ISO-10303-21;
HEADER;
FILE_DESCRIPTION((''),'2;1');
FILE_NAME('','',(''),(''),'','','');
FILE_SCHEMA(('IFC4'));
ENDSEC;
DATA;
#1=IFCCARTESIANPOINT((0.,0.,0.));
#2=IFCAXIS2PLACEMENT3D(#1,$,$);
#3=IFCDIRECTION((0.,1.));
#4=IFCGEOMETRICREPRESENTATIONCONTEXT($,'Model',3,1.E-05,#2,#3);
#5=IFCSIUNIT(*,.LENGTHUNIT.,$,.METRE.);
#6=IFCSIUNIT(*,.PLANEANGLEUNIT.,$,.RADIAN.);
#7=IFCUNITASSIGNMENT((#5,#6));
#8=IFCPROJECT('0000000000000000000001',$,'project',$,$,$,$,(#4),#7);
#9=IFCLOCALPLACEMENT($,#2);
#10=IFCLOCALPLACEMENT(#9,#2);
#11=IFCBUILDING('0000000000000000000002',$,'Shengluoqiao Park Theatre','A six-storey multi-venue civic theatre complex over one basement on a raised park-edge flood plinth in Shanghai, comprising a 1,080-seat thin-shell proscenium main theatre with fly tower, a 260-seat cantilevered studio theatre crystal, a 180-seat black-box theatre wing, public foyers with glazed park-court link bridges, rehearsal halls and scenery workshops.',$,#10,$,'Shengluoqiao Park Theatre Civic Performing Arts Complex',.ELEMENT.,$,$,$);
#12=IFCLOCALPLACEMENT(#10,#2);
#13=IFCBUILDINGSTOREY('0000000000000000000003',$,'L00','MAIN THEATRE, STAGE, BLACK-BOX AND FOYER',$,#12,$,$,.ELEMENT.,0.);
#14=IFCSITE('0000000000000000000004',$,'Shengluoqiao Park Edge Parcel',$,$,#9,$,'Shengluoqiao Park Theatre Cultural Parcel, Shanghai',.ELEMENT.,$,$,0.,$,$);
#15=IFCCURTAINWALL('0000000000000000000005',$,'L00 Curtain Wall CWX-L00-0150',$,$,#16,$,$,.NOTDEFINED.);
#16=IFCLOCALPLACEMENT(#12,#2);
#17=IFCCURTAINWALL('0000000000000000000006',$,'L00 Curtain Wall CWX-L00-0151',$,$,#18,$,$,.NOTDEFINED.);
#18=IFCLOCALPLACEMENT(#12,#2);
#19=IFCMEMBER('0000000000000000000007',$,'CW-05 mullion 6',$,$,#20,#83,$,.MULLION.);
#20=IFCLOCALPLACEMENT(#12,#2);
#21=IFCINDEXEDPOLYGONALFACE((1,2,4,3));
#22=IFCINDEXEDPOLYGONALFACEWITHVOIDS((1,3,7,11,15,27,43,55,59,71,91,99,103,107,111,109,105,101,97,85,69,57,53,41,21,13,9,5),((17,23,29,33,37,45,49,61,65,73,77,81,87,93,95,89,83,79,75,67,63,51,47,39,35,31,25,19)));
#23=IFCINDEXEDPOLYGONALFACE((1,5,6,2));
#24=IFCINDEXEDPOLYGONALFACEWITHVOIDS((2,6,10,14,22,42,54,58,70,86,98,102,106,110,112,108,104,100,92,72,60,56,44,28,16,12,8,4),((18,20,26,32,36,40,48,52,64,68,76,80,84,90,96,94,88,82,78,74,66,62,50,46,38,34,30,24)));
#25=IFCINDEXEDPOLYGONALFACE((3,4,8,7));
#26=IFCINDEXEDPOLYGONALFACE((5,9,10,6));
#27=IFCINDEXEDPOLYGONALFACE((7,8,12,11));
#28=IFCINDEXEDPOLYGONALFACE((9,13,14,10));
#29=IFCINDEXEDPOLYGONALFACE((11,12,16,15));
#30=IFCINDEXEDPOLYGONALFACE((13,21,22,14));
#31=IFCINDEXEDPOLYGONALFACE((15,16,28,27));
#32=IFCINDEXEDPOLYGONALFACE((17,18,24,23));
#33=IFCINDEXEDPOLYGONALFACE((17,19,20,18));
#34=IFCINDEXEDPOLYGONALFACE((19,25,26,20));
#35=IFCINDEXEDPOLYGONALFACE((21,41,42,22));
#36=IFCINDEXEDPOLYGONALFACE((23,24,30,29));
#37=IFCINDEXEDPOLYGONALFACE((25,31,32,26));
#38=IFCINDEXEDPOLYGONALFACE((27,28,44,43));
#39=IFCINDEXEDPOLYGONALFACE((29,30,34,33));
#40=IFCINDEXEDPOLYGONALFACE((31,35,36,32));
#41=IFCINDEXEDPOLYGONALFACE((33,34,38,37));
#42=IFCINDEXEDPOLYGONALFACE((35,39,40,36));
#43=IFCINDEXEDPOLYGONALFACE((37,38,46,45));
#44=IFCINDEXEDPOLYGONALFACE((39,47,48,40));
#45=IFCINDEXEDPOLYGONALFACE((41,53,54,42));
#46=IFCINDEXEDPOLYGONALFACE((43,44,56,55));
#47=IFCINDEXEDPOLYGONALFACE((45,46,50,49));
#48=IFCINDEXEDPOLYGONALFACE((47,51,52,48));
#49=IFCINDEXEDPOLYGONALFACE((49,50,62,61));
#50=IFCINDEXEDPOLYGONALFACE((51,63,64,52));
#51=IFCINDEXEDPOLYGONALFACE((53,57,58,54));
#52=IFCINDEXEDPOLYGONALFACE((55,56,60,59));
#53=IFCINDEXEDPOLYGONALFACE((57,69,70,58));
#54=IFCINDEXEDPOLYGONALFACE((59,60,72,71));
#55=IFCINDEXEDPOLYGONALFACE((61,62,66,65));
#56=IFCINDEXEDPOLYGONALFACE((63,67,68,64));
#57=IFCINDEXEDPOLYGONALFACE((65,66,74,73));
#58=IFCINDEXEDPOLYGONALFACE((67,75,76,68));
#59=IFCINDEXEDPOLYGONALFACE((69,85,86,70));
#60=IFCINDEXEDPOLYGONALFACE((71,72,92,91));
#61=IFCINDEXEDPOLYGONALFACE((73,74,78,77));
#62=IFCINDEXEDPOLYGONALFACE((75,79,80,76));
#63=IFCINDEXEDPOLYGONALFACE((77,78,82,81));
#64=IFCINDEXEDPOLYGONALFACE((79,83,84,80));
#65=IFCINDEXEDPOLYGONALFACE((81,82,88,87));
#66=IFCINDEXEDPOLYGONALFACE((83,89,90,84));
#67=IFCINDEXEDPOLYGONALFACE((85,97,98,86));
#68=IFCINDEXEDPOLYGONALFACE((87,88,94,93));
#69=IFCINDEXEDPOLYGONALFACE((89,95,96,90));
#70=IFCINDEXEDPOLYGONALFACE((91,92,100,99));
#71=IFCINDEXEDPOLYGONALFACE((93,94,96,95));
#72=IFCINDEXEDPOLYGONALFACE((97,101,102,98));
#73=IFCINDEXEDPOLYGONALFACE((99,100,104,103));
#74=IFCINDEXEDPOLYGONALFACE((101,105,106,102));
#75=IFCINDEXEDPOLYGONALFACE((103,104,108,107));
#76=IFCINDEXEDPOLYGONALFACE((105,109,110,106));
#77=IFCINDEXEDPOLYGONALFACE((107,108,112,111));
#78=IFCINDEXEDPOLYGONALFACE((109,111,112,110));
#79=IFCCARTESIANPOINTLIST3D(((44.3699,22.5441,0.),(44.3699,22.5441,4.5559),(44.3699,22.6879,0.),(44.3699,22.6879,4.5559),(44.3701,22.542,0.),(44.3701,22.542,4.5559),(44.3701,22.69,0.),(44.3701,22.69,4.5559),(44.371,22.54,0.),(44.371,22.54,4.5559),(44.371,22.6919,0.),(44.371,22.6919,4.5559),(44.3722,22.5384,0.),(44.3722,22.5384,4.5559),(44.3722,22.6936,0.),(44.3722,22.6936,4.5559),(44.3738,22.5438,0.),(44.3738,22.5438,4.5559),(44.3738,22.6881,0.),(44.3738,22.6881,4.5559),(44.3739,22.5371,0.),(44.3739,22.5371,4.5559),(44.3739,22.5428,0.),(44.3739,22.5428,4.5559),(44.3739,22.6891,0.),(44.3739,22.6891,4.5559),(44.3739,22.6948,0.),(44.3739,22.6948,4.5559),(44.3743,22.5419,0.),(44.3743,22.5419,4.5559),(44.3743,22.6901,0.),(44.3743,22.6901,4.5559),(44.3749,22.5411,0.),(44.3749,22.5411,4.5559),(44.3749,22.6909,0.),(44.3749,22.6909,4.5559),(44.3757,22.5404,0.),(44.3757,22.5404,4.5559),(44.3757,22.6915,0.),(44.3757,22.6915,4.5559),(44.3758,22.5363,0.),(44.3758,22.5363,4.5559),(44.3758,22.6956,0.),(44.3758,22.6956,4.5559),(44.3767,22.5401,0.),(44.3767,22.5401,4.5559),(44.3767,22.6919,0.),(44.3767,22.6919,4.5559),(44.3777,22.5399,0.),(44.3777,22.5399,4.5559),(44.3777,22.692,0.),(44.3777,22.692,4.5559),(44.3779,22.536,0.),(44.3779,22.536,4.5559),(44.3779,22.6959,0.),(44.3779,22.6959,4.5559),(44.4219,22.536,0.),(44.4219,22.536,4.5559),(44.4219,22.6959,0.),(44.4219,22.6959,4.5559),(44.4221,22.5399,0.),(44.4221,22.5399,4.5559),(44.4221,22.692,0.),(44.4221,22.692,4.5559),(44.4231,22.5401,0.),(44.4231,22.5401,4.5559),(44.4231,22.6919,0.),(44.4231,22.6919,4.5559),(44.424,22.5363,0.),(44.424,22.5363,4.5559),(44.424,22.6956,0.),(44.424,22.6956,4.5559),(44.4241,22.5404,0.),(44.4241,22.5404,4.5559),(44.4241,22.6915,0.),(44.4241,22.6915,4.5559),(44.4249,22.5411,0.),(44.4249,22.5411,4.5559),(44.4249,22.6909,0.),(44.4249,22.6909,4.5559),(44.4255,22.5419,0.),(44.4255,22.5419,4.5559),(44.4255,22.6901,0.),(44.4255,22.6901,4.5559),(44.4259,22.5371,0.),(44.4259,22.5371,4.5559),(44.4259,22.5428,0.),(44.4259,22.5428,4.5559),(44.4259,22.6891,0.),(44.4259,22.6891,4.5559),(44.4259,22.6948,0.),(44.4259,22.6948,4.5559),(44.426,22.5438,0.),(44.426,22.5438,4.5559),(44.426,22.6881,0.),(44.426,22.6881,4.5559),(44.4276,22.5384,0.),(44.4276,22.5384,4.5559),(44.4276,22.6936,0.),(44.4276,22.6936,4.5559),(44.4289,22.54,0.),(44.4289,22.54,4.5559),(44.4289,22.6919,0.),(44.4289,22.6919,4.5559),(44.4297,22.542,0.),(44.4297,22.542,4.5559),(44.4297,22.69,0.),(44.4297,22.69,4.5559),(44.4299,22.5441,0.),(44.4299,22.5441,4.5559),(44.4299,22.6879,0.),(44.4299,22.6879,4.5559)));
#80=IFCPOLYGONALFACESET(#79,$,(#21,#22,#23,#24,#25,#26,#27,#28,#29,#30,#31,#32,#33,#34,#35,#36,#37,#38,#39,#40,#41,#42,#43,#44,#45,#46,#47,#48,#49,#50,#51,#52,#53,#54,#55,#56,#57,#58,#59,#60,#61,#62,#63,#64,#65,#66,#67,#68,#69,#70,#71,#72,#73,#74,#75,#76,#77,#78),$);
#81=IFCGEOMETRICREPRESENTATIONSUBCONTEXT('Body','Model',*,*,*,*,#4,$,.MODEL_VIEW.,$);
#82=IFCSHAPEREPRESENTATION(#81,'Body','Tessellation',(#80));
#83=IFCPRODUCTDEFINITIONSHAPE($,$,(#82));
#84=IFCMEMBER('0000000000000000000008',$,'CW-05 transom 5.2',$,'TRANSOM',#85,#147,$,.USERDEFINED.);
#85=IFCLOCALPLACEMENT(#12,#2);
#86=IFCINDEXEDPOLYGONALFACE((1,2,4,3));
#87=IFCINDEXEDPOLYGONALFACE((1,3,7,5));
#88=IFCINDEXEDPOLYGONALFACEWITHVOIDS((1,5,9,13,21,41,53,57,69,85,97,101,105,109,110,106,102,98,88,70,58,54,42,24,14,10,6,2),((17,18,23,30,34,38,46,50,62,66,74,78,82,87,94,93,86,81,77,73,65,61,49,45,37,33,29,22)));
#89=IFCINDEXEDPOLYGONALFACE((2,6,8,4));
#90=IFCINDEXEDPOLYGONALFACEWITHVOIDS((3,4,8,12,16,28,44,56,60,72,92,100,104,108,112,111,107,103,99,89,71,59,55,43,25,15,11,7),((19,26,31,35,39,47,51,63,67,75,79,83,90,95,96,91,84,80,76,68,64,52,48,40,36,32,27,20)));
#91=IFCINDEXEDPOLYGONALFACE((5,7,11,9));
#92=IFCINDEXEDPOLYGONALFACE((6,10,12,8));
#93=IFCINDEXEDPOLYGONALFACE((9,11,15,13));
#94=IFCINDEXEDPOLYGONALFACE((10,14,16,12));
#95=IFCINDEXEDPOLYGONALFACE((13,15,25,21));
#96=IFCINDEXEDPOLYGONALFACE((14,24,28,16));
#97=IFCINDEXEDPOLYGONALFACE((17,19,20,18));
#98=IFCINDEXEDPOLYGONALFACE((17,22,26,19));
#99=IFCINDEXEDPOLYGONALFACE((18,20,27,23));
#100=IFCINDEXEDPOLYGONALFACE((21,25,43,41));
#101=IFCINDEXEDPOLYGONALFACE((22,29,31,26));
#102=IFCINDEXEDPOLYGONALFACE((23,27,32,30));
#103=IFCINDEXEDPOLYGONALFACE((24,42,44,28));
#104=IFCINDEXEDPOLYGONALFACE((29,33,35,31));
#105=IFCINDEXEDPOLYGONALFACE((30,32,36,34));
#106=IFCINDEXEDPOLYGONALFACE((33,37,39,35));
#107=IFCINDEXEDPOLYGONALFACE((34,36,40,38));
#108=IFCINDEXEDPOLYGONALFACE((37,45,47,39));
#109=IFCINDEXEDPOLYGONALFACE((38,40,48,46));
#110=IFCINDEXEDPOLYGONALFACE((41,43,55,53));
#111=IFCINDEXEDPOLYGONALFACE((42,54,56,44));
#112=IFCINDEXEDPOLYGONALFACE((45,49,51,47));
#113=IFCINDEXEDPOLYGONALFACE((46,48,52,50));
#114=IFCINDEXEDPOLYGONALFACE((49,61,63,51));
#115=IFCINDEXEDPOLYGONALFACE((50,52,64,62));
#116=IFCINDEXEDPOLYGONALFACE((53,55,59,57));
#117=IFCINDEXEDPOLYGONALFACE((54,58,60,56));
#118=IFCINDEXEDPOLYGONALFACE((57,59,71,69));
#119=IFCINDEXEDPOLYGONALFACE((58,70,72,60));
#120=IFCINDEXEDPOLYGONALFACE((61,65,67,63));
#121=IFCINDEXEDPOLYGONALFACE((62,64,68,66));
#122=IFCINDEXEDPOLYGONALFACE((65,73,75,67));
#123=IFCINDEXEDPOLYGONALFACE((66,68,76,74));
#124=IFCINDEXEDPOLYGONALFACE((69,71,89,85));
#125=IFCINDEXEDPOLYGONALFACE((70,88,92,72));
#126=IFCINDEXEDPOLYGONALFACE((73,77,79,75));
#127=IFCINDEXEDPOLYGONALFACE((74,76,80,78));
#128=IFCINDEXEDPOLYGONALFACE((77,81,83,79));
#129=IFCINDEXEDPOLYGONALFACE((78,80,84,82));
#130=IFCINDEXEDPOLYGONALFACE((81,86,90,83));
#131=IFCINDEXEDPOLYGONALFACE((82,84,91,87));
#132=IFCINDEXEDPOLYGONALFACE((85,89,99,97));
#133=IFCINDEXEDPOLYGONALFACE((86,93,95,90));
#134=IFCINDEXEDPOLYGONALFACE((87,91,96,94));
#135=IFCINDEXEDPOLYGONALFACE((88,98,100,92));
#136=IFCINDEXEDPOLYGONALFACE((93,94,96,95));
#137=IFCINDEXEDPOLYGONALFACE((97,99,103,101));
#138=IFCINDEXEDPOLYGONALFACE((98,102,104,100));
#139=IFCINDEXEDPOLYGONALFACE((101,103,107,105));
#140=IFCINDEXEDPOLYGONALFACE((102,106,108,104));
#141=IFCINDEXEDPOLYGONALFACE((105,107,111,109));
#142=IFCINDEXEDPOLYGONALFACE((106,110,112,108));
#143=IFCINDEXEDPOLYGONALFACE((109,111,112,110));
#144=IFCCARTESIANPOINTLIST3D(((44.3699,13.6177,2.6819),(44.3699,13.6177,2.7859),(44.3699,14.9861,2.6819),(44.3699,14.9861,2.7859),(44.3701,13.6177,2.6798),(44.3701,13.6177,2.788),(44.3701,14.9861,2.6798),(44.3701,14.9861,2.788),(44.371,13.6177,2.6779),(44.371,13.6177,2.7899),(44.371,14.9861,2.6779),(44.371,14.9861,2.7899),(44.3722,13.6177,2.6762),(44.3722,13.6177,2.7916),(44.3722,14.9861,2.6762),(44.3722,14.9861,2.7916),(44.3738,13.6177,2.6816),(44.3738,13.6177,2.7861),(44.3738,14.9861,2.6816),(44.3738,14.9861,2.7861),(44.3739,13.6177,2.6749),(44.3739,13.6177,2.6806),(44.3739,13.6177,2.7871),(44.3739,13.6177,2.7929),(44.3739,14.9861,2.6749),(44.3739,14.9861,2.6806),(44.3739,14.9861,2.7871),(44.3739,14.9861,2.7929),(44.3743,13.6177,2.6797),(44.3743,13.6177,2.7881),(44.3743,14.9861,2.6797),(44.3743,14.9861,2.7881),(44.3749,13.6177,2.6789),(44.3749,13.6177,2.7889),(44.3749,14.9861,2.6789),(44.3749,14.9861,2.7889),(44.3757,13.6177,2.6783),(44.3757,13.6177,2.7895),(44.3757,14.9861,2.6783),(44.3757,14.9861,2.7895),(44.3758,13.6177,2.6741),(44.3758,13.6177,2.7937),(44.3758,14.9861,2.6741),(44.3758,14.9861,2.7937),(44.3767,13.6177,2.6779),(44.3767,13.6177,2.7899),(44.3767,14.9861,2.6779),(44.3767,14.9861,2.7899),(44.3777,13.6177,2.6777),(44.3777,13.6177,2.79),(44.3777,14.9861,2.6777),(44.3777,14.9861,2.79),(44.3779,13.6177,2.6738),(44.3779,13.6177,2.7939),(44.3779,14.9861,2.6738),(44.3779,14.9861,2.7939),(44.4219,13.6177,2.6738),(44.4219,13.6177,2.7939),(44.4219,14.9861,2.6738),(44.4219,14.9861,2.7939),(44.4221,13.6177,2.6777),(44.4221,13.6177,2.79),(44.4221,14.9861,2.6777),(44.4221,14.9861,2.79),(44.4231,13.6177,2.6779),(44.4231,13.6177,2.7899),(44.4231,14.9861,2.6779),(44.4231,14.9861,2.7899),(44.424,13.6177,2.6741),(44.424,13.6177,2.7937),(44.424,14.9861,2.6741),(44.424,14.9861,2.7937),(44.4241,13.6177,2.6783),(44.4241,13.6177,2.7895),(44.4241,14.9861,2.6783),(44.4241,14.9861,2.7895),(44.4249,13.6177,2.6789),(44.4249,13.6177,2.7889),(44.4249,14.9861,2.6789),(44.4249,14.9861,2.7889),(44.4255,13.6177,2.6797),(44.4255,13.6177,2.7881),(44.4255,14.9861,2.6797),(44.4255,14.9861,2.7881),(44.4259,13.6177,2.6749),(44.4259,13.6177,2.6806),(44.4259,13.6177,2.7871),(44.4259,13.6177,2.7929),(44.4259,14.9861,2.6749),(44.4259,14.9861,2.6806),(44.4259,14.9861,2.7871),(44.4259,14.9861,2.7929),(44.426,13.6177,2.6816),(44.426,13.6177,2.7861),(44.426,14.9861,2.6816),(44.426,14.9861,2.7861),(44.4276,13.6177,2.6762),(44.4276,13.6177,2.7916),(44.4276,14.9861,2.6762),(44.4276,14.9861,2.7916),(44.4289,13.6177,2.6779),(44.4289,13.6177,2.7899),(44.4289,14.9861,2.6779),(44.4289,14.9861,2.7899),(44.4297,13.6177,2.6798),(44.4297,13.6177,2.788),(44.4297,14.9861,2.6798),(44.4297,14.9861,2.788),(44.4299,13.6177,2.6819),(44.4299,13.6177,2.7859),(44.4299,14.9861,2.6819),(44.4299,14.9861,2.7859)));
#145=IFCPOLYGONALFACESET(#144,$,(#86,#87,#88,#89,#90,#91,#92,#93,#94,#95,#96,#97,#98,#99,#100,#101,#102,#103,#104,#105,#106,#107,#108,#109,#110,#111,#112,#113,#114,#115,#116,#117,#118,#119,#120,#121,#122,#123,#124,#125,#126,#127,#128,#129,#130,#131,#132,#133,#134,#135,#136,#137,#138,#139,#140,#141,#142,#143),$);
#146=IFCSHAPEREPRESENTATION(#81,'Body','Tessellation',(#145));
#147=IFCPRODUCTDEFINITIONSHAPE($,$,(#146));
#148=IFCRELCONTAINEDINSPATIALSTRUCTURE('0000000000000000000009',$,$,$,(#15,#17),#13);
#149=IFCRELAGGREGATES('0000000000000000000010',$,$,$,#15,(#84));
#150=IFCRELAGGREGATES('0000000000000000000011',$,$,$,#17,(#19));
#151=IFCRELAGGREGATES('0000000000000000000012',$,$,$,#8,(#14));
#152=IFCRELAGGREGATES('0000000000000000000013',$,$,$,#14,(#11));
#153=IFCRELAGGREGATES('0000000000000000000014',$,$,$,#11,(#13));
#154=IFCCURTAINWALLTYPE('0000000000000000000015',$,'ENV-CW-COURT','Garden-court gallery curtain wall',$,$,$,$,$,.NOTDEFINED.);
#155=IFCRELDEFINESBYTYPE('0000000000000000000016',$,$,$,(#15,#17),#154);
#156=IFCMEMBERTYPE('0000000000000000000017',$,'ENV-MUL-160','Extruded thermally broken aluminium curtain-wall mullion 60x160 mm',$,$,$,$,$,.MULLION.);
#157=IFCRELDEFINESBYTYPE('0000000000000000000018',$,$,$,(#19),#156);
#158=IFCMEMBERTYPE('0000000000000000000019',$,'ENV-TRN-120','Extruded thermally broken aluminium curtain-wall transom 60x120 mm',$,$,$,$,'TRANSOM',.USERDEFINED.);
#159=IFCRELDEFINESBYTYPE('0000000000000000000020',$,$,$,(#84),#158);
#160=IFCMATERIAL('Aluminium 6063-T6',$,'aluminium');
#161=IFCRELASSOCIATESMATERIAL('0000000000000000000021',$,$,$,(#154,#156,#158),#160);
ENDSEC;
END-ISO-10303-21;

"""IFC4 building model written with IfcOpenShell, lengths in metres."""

from ifc_helpers import new_model, si_unit, direction, frame, origin, origin_2d, place, context, subcontext, project, spatial, hollow_rectangle, extrude, material, material_profile, profile_set, type_object, element, aggregate, save


model = new_model("IFC4")

# Units and contexts
model_context = context("Model", 3, precision=1e-05, world=origin(), true_north=direction((0.0, 1.0)))
body_context = subcontext(model_context, "Body", "Model", "MODEL_VIEW")
ifc_project = project(units=[si_unit("LENGTHUNIT", "METRE"), si_unit("PLANEANGLEUNIT", "RADIAN")], contexts=[model_context])

# Site, building, storey
site_placement = place(None, origin())
site = spatial("IfcSite", under=ifc_project, at=site_placement, Name="Shengluoqiao Park Edge Parcel", LongName="Shengluoqiao Park Theatre Cultural Parcel, Shanghai", CompositionType="ELEMENT", RefElevation=0.0)
building_placement = place(site_placement, origin())
building = spatial("IfcBuilding", under=site, at=building_placement, Name="Shengluoqiao Park Theatre", Description="A six-storey multi-venue civic theatre complex over one basement on a raised park-edge flood plinth in Shanghai, comprising a 1,080-seat thin-shell proscenium main theatre with fly tower, a 260-seat cantilevered studio theatre crystal, a 180-seat black-box theatre wing, public foyers with glazed park-court link bridges, rehearsal halls and scenery workshops.", LongName="Shengluoqiao Park Theatre Civic Performing Arts Complex", CompositionType="ELEMENT")
storey_placement = place(building_placement, origin())
storey = spatial("IfcBuildingStorey", under=building, at=storey_placement, Name="L00", Description="MAIN THEATRE, STAGE, BLACK-BOX AND FOYER", CompositionType="ELEMENT", Elevation=0.0)

# Curtain wall
ifc_material_1 = material(Name="Aluminium 6063-T6", Category="aluminium")
curtain_wall_type = type_object("IfcCurtainWallType", Name="ENV-CW-COURT", Description="Garden-court gallery curtain wall", PredefinedType="NOTDEFINED", material=ifc_material_1)
curtain_wall_1_placement = place(storey_placement, origin())
curtain_wall_1 = element("IfcCurtainWall", 1, at=curtain_wall_1_placement, inside=storey, type_object=curtain_wall_type, Name="L00 Curtain Wall CWX-L00-0150", PredefinedType="NOTDEFINED")
ifc_material_profile_1 = material_profile(ifc_material_1, hollow_rectangle(XDim=0.0601, YDim=0.1599, WallThickness=0.0039, InnerFilletRadius=0.0039, OuterFilletRadius=0.0081, at=origin_2d()), Name="ALU MULLION 160x60x4")
ifc_profile_set_1 = profile_set([ifc_material_profile_1], Name="Aluminium 6063-T6")
member_type_1 = type_object("IfcMemberType", Name="ENV-MUL-160", Description="Extruded thermally broken aluminium curtain-wall mullion 60x160 mm", PredefinedType="MULLION", material=ifc_profile_set_1)

# Curtain wall, member
curtain_wall_2_placement = place(storey_placement, origin())
curtain_wall_2 = element("IfcCurtainWall", 2, at=curtain_wall_2_placement, inside=storey, type_object=curtain_wall_type, Name="L00 Curtain Wall CWX-L00-0151", PredefinedType="NOTDEFINED")
member_1_placement = place(storey_placement, frame((44.3999, 22.616, 0.0), z_axis=(0.0, 0.0, 1.0), x_axis=(-1.0, 0.0, 0.0)))
member_1 = element("IfcMember", 3, at=member_1_placement, type_object=member_type_1, Name="CW-05 mullion 6", PredefinedType="MULLION", context=body_context, shape_type="SweptSolid", body=[
    extrude(hollow_rectangle(XDim=0.0601, YDim=0.1599, WallThickness=0.0039, InnerFilletRadius=0.0039, OuterFilletRadius=0.0081, at=origin_2d()), origin(), (0.0, 0.0, 1.0), 4.5559),
])

# Member
ifc_material_profile_2 = material_profile(ifc_material_1, hollow_rectangle(XDim=0.0601, YDim=0.1201, WallThickness=0.0039, InnerFilletRadius=0.0039, OuterFilletRadius=0.0081, at=origin_2d()), Name="ALU TRANSOM 120x60x4")
ifc_profile_set_2 = profile_set([ifc_material_profile_2], Name="Aluminium 6063-T6")
member_type_2 = type_object("IfcMemberType", Name="ENV-TRN-120", Description="Extruded thermally broken aluminium curtain-wall transom 60x120 mm", ElementType="TRANSOM", PredefinedType="USERDEFINED", material=ifc_profile_set_2)
member_2_placement = place(storey_placement, frame((44.3999, 13.6177, 2.7339), z_axis=(0.0, 1.0, 0.0), x_axis=(-1.0, 0.0, 0.0)))
member_2 = element("IfcMember", 4, at=member_2_placement, type_object=member_type_2, Name="CW-05 transom 5.2", ObjectType="TRANSOM", PredefinedType="USERDEFINED", context=body_context, shape_type="SweptSolid", body=[
    extrude(hollow_rectangle(XDim=0.0601, YDim=0.1201, WallThickness=0.0039, InnerFilletRadius=0.0039, OuterFilletRadius=0.0081, at=origin_2d()), origin(), (0.0, 0.0, 1.0), 1.3684),
])

aggregate(curtain_wall_1, [member_2])
aggregate(curtain_wall_2, [member_1])

save(model, "model.ifc")
